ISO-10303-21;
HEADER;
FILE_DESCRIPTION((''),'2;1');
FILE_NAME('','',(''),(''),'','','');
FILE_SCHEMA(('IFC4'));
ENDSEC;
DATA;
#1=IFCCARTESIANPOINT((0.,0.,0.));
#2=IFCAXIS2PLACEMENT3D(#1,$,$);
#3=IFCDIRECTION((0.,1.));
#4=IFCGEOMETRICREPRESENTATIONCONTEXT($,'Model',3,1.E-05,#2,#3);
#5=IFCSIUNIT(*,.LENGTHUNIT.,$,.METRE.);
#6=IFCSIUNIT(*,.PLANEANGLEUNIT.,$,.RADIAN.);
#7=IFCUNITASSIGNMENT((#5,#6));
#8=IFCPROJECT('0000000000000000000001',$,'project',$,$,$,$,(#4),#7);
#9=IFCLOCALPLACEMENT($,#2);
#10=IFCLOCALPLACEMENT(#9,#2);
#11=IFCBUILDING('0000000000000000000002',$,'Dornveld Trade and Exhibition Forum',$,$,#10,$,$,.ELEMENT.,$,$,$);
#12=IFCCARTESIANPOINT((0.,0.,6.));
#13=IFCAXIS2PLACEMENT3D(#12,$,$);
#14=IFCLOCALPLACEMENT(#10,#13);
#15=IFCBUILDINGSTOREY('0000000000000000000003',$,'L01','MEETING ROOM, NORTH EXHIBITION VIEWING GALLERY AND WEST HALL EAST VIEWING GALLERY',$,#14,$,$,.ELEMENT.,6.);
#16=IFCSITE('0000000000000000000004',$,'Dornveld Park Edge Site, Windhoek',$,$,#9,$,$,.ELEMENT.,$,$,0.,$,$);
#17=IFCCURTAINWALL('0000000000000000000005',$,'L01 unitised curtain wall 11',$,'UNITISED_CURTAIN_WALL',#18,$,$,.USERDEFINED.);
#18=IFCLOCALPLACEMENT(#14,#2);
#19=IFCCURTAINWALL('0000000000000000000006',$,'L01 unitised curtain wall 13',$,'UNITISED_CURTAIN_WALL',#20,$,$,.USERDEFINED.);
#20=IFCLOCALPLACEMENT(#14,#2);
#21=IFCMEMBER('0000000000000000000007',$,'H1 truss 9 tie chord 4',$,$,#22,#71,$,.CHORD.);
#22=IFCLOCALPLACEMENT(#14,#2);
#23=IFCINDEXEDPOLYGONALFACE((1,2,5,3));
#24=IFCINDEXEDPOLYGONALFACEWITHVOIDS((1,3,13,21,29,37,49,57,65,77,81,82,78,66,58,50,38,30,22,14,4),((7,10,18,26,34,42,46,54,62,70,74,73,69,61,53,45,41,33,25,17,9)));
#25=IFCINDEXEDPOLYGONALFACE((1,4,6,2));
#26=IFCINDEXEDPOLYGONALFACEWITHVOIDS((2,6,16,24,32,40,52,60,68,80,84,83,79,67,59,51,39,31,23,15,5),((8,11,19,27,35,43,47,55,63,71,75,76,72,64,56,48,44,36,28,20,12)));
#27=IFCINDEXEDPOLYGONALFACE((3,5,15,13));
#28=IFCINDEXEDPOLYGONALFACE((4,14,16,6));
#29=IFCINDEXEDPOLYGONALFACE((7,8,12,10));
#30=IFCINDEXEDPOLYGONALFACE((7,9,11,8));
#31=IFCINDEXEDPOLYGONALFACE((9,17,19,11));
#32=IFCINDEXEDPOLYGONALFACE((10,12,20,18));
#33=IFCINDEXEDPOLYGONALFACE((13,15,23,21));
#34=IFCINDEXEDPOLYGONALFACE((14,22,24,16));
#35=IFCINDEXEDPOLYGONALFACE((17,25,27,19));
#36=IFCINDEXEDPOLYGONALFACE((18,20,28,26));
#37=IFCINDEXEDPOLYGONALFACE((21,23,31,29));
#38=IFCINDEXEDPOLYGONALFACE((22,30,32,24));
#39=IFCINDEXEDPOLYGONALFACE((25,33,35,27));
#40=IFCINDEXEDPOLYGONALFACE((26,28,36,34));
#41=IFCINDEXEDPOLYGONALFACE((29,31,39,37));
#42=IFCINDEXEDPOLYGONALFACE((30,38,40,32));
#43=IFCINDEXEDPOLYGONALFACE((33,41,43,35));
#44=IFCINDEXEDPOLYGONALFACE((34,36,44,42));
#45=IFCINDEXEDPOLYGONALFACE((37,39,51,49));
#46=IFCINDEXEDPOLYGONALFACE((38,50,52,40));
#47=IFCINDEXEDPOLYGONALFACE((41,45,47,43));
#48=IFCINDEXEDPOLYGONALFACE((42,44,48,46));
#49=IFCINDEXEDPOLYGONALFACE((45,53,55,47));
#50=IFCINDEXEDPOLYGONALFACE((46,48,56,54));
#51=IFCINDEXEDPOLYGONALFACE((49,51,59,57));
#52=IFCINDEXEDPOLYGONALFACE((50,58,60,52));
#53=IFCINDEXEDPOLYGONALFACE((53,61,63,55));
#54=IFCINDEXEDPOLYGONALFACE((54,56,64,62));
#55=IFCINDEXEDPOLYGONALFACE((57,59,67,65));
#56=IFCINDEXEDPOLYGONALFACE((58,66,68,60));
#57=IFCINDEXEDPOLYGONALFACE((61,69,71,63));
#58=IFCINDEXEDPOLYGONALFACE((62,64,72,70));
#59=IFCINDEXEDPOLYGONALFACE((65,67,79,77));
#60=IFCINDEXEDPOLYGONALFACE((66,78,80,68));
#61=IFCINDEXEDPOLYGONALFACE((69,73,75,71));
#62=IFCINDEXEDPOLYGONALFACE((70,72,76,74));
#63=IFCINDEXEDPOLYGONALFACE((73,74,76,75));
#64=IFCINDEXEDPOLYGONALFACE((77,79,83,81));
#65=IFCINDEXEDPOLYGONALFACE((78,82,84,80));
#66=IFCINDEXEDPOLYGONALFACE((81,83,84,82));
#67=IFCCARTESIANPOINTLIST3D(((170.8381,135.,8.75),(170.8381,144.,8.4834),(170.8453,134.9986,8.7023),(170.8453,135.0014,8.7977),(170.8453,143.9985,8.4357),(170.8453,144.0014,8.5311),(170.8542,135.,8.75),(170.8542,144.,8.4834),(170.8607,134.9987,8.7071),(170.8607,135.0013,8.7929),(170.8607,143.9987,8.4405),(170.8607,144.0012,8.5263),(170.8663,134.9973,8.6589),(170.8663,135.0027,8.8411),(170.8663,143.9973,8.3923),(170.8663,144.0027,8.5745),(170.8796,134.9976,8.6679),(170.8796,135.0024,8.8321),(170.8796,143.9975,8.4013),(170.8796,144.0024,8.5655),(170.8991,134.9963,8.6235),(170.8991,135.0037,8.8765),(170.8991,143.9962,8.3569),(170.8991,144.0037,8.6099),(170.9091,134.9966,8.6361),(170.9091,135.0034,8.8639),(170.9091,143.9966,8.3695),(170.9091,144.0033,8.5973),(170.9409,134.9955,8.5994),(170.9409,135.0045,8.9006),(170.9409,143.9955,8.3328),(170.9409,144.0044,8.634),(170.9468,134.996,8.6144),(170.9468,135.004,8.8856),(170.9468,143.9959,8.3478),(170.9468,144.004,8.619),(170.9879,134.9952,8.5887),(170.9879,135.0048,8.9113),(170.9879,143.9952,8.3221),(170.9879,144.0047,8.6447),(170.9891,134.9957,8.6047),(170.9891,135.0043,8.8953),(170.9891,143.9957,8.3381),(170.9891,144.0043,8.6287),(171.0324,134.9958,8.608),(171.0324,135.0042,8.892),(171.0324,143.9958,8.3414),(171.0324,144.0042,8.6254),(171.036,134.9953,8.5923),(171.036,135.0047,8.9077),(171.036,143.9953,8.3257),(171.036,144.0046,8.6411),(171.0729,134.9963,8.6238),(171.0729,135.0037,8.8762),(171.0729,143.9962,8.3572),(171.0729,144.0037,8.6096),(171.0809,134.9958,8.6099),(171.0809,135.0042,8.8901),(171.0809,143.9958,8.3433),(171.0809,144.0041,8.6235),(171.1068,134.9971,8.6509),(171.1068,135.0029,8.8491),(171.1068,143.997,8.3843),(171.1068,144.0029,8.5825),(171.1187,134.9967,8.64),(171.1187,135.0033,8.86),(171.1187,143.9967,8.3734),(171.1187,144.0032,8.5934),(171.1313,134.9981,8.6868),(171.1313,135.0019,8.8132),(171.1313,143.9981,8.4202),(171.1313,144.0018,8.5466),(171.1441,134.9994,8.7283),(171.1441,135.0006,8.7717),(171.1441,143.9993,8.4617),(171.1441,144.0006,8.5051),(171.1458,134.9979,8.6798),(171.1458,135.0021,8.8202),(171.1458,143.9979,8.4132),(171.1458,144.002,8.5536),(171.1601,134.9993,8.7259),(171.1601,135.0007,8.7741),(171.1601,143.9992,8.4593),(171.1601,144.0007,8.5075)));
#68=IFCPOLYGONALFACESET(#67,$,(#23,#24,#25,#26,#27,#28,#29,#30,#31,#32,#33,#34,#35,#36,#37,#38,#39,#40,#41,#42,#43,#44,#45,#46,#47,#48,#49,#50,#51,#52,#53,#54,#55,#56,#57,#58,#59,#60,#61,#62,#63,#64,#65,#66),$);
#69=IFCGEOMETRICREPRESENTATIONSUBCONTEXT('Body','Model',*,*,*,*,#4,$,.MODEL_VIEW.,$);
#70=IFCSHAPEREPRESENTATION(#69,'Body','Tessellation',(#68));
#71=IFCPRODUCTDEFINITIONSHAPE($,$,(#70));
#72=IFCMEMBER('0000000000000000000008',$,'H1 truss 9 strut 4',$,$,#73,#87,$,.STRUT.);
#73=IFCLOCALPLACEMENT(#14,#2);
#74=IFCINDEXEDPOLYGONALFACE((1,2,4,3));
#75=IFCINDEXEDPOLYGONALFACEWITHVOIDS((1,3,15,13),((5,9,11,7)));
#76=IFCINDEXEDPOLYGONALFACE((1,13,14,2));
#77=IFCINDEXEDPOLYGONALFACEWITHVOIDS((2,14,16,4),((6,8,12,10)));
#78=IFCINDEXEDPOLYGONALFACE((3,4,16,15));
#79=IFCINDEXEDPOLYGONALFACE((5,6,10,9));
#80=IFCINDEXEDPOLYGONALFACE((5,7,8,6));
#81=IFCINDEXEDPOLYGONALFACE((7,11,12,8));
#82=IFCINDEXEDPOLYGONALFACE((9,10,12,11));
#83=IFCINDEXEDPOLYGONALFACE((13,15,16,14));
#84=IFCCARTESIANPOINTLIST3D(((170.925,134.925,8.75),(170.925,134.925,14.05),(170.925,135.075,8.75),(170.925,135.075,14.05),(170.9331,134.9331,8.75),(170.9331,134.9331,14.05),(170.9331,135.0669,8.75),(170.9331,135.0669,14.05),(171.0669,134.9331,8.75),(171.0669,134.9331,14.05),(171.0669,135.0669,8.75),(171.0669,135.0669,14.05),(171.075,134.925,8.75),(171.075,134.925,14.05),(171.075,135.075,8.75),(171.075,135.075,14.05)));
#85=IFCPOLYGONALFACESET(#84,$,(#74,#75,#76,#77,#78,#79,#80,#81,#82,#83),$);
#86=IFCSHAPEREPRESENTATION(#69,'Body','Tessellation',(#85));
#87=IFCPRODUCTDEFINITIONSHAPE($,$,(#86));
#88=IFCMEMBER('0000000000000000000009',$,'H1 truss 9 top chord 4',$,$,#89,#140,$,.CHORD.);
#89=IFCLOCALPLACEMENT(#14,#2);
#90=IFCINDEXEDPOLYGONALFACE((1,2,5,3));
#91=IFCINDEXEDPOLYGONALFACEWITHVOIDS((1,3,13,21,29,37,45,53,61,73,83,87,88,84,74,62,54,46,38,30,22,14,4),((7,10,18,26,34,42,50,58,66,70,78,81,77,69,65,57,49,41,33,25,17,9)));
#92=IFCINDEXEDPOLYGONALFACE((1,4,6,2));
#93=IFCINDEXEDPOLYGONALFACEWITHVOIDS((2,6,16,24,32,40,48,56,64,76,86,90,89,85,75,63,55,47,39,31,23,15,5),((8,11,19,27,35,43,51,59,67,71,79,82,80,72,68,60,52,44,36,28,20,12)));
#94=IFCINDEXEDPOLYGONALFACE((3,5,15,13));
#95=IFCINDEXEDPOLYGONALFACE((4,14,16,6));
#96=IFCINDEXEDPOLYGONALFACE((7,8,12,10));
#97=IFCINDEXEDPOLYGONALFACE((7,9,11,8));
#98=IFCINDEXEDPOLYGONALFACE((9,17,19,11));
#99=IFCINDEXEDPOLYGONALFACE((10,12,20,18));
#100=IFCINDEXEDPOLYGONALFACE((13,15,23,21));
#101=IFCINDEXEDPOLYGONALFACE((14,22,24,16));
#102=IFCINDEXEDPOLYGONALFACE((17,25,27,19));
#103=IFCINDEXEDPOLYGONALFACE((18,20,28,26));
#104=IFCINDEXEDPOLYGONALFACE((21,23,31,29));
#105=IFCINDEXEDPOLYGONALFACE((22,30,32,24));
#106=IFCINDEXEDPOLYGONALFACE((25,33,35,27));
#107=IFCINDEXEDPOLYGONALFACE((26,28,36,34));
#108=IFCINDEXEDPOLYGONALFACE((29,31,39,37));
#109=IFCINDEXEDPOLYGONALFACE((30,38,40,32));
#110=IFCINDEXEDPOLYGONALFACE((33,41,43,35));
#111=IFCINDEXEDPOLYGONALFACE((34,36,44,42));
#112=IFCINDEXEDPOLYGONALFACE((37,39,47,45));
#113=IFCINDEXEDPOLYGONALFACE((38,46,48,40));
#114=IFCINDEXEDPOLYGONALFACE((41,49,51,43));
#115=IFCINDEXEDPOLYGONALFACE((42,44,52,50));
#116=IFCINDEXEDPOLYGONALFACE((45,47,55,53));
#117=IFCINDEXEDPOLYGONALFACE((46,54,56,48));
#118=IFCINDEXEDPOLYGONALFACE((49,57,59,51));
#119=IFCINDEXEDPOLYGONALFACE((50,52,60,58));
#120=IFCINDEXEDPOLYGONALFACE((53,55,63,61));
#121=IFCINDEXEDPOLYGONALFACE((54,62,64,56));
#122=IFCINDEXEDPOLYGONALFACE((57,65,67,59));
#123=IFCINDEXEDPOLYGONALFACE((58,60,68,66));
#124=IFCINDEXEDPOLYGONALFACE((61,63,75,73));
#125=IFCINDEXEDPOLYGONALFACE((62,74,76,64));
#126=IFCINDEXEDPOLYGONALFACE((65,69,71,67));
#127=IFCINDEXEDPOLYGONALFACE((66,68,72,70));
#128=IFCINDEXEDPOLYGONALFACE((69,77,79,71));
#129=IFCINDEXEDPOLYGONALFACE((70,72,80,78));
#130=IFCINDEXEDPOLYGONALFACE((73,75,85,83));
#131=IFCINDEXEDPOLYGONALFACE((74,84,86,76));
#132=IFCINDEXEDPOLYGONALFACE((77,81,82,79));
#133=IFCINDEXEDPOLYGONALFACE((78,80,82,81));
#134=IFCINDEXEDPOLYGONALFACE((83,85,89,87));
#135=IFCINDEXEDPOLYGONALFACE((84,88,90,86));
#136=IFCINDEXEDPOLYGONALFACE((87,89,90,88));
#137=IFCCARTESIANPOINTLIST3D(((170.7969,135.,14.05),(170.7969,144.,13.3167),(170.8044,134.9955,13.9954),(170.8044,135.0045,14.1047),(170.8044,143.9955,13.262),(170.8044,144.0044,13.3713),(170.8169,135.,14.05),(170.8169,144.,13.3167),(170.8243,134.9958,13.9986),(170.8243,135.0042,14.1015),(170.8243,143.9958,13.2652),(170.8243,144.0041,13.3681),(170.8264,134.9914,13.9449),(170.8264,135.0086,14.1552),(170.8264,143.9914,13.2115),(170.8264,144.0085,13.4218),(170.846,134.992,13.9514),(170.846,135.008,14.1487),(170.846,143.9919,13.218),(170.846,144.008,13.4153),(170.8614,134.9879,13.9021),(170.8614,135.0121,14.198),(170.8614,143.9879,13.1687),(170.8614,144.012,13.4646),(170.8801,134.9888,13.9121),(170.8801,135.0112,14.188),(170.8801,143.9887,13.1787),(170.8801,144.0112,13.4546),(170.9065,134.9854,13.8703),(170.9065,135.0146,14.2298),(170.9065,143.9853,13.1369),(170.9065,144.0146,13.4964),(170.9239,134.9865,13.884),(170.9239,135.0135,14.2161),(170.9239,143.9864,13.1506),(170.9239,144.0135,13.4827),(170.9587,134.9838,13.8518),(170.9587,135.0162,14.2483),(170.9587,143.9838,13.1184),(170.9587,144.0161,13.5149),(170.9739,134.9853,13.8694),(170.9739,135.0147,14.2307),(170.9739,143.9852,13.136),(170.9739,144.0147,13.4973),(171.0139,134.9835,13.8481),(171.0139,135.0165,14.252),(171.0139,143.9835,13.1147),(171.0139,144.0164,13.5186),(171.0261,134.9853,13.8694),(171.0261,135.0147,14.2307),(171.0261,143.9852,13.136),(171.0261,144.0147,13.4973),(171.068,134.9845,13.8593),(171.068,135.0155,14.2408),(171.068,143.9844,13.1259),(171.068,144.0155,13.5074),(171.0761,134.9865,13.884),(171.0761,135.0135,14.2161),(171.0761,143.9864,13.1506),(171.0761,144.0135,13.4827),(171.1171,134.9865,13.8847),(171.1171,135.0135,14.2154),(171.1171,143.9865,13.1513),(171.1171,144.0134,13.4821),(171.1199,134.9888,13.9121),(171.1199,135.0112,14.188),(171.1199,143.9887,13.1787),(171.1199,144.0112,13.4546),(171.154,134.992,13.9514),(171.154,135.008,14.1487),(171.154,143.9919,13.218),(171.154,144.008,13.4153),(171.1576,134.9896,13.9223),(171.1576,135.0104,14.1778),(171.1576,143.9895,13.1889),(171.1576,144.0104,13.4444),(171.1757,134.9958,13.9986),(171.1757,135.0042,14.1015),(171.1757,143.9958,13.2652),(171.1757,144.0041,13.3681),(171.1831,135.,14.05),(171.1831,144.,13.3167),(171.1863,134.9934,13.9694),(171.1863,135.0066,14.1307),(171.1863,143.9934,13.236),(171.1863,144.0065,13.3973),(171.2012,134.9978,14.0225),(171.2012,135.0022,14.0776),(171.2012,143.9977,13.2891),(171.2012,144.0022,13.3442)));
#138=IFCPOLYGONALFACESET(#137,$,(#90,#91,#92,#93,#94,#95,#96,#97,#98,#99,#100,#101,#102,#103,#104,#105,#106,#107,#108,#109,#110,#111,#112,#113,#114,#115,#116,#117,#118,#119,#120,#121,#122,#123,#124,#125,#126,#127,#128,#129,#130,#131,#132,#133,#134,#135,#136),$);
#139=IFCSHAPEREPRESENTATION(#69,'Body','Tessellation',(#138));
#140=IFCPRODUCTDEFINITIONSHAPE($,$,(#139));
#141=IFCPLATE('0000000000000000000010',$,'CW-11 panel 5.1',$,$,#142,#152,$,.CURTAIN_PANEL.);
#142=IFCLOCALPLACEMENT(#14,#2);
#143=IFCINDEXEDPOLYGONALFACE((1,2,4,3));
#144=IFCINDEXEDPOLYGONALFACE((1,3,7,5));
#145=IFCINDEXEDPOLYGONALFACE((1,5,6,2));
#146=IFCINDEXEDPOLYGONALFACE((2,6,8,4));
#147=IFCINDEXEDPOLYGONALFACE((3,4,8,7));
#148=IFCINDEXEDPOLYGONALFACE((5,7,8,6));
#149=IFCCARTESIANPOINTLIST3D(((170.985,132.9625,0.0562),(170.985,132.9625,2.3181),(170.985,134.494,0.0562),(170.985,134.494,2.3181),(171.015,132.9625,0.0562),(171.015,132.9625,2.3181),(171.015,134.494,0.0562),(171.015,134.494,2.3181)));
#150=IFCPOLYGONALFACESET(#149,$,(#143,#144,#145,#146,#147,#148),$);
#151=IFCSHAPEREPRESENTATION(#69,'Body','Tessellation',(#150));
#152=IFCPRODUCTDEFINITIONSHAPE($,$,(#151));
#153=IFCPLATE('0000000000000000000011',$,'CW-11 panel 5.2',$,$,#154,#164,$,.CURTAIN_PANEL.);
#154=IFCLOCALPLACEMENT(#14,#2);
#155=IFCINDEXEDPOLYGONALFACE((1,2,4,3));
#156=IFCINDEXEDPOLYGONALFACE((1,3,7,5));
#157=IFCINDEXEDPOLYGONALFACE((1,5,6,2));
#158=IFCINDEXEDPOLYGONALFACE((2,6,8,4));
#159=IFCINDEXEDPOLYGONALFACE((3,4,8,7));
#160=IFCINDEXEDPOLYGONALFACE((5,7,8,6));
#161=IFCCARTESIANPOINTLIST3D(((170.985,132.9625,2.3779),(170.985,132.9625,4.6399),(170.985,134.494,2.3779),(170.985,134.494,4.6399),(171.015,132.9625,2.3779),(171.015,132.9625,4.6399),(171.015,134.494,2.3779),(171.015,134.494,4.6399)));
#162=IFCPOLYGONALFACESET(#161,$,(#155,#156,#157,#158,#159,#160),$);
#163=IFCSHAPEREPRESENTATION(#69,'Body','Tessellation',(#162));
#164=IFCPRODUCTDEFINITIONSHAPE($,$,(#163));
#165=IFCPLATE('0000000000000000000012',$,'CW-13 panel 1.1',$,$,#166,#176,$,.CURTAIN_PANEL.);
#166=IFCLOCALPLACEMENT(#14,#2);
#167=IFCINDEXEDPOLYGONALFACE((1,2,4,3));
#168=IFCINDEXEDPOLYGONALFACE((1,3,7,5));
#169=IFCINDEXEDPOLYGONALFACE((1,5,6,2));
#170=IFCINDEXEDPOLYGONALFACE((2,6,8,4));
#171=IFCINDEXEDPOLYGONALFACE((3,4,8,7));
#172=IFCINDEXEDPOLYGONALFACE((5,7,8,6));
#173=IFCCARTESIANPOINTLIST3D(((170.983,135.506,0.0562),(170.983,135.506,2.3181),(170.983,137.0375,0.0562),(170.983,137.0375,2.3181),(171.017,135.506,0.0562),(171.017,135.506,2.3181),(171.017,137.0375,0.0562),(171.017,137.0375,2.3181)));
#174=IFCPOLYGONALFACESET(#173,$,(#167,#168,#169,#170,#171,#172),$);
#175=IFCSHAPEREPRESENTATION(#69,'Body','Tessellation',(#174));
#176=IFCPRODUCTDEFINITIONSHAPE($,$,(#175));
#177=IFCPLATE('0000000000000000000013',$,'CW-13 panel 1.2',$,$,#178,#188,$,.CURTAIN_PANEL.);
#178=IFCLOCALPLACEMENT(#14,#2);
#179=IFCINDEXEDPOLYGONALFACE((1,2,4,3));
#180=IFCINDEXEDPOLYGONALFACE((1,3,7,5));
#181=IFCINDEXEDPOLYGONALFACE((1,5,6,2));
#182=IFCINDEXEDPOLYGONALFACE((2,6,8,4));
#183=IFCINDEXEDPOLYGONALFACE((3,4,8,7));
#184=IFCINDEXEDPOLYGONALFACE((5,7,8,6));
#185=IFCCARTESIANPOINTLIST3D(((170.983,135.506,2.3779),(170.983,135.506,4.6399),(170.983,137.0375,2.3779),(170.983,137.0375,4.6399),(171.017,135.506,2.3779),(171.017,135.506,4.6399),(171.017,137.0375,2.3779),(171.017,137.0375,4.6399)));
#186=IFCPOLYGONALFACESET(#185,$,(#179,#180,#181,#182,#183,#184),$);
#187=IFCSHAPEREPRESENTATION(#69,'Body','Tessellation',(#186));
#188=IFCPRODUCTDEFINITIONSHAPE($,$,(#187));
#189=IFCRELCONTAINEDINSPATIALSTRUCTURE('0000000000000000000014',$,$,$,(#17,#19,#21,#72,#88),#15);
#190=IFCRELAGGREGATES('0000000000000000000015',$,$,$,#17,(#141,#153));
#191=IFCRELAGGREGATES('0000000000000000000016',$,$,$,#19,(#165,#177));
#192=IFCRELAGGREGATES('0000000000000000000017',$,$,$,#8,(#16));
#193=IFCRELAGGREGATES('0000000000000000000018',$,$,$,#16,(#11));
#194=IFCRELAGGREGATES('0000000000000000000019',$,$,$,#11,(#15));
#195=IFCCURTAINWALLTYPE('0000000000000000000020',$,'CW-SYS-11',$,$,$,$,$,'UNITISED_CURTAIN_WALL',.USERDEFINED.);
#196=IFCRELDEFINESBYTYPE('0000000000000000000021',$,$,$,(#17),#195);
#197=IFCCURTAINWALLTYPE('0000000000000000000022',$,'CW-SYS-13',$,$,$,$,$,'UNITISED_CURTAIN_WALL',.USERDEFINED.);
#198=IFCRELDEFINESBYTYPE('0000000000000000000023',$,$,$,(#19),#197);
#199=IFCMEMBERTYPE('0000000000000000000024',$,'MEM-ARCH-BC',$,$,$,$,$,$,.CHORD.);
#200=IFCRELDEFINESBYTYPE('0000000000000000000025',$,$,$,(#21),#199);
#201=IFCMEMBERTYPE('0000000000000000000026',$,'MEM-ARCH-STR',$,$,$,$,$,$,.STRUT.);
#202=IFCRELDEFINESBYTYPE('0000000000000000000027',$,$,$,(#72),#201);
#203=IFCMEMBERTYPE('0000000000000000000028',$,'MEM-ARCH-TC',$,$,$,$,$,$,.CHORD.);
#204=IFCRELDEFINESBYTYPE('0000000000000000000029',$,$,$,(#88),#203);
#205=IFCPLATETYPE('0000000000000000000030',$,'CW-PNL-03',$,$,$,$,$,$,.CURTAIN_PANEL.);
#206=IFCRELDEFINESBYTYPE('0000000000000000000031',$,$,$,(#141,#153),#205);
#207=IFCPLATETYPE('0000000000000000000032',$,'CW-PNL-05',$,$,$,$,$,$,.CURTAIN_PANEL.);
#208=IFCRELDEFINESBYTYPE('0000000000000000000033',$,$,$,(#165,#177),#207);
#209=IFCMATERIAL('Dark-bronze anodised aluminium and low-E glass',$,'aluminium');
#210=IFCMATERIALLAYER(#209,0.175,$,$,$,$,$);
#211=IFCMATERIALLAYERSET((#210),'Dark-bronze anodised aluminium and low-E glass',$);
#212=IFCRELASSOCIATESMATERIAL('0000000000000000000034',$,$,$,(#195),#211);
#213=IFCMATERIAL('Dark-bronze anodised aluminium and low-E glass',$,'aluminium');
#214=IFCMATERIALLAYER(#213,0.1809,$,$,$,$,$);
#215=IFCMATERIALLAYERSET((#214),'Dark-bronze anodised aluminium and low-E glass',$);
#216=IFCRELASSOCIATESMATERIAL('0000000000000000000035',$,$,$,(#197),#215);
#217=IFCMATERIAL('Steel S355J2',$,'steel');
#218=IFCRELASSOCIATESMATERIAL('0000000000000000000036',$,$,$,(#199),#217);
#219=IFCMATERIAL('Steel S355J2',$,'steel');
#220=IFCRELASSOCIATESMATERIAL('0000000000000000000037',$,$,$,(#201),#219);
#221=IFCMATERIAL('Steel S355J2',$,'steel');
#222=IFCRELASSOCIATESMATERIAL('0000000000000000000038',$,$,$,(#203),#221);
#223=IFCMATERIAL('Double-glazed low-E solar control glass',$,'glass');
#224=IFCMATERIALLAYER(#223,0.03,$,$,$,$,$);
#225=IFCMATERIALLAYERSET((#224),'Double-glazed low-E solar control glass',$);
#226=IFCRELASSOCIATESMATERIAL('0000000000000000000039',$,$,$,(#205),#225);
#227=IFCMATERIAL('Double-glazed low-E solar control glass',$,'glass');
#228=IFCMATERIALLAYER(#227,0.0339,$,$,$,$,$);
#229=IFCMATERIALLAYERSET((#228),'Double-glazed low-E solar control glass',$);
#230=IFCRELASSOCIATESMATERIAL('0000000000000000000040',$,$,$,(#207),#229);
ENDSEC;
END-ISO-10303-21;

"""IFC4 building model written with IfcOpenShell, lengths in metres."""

from ifc_helpers import new_model, si_unit, direction, frame, origin, origin_2d, place, context, subcontext, project, spatial, rectangle, hollow_rectangle, hollow_circle, extrude, material, layer, layer_set, material_profile, profile_set, type_object, element, aggregate, save


model = new_model("IFC4")

# Units and contexts
model_context = context("Model", 3, precision=1e-05, world=origin(), true_north=direction((0.0, 1.0)))
body_context = subcontext(model_context, "Body", "Model", "MODEL_VIEW")
ifc_project = project(units=[si_unit("LENGTHUNIT", "METRE"), si_unit("PLANEANGLEUNIT", "RADIAN")], contexts=[model_context])

# Site, building, storey
site_placement = place(None, origin())
site = spatial("IfcSite", under=ifc_project, at=site_placement, Name="Dornveld Park Edge Site, Windhoek", CompositionType="ELEMENT", RefElevation=0.0)
building_placement = place(site_placement, origin())
building = spatial("IfcBuilding", under=site, at=building_placement, Name="Dornveld Trade and Exhibition Forum", CompositionType="ELEMENT")
storey_placement = place(building_placement, frame((0.0, 0.0, 6.0)))
storey = spatial("IfcBuildingStorey", under=building, at=storey_placement, Name="L01", Description="MEETING ROOM, NORTH EXHIBITION VIEWING GALLERY AND WEST HALL EAST VIEWING GALLERY", CompositionType="ELEMENT", Elevation=6.0)

# Curtain wall
ifc_material_1 = material(Name="Dark-bronze anodised aluminium and low-E glass", Category="aluminium")
ifc_layer_1 = layer(ifc_material_1, 0.175)
ifc_layer_set_1 = layer_set([ifc_layer_1], Name="Dark-bronze anodised aluminium and low-E glass")
curtain_wall_type_1 = type_object("IfcCurtainWallType", Name="CW-SYS-11", ElementType="UNITISED_CURTAIN_WALL", PredefinedType="USERDEFINED", material=ifc_layer_set_1)
curtain_wall_1_placement = place(storey_placement, origin())
curtain_wall_1 = element("IfcCurtainWall", 1, at=curtain_wall_1_placement, inside=storey, type_object=curtain_wall_type_1, Name="L01 unitised curtain wall 11", ObjectType="UNITISED_CURTAIN_WALL", PredefinedType="USERDEFINED")

# Curtain wall
ifc_material_2 = material(Name="Dark-bronze anodised aluminium and low-E glass", Category="aluminium")
ifc_layer_2 = layer(ifc_material_2, 0.1809)
ifc_layer_set_2 = layer_set([ifc_layer_2], Name="Dark-bronze anodised aluminium and low-E glass")
curtain_wall_type_2 = type_object("IfcCurtainWallType", Name="CW-SYS-13", ElementType="UNITISED_CURTAIN_WALL", PredefinedType="USERDEFINED", material=ifc_layer_set_2)
curtain_wall_2_placement = place(storey_placement, origin())
curtain_wall_2 = element("IfcCurtainWall", 2, at=curtain_wall_2_placement, inside=storey, type_object=curtain_wall_type_2, Name="L01 unitised curtain wall 13", ObjectType="UNITISED_CURTAIN_WALL", PredefinedType="USERDEFINED")

# Members
ifc_material_3 = material(Name="Steel S355J2", Category="steel")
ifc_material_profile_1 = material_profile(ifc_material_3, hollow_circle(Radius=0.1619, WallThickness=0.0161, at=origin_2d()), Name="CHS 323.9x16")
ifc_profile_set_1 = profile_set([ifc_material_profile_1], Name="Steel S355J2")
member_type_1 = type_object("IfcMemberType", Name="MEM-ARCH-BC", PredefinedType="CHORD", material=ifc_profile_set_1)
member_1_placement = place(storey_placement, frame((171.0, 135.0, 8.75), z_axis=(0.0, 0.999562, -0.029609), x_axis=(-1.0, 0.0, 0.0)))
element("IfcMember", 3, at=member_1_placement, inside=storey, type_object=member_type_1, Name="H1 truss 9 tie chord 4", PredefinedType="CHORD", context=body_context, shape_type="SweptSolid", body=[
    extrude(hollow_circle(Radius=0.1619, WallThickness=0.0161, at=origin_2d()), origin(), (0.0, 0.0, 1.0), 9.0039),
])
ifc_material_4 = material(Name="Steel S355J2", Category="steel")
ifc_material_profile_2 = material_profile(ifc_material_4, hollow_rectangle(XDim=0.1499, YDim=0.1499, WallThickness=0.0081, at=origin_2d()), Name="SHS 150x150x8")
ifc_profile_set_2 = profile_set([ifc_material_profile_2], Name="Steel S355J2")
member_type_2 = type_object("IfcMemberType", Name="MEM-ARCH-STR", PredefinedType="STRUT", material=ifc_profile_set_2)
member_2_placement = place(storey_placement, frame((171.0, 135.0, 8.75), z_axis=(0.0, 0.0, 1.0), x_axis=(1.0, 0.0, 0.0)))
element("IfcMember", 4, at=member_2_placement, inside=storey, type_object=member_type_2, Name="H1 truss 9 strut 4", PredefinedType="STRUT", context=body_context, shape_type="SweptSolid", body=[
    extrude(hollow_rectangle(XDim=0.1499, YDim=0.1499, WallThickness=0.0081, at=origin_2d()), origin(), (0.0, 0.0, 1.0), 5.3),
])
ifc_material_5 = material(Name="Steel S355J2", Category="steel")
ifc_material_profile_3 = material_profile(ifc_material_5, hollow_circle(Radius=0.2031, WallThickness=0.02, at=origin_2d()), Name="CHS 406.4x20")
ifc_profile_set_3 = profile_set([ifc_material_profile_3], Name="Steel S355J2")
member_type_3 = type_object("IfcMemberType", Name="MEM-ARCH-TC", PredefinedType="CHORD", material=ifc_profile_set_3)
member_3_placement = place(storey_placement, frame((171.0, 135.0, 14.05), z_axis=(0.0, 0.996696, -0.081219), x_axis=(-1.0, 0.0, 0.0)))
element("IfcMember", 5, at=member_3_placement, inside=storey, type_object=member_type_3, Name="H1 truss 9 top chord 4", PredefinedType="CHORD", context=body_context, shape_type="SweptSolid", body=[
    extrude(hollow_circle(Radius=0.2031, WallThickness=0.02, at=origin_2d()), origin(), (0.0, 0.0, 1.0), 9.0298),
])

# Plates
ifc_material_6 = material(Name="Double-glazed low-E solar control glass", Category="glass")
ifc_layer_3 = layer(ifc_material_6, 0.03)
ifc_layer_set_3 = layer_set([ifc_layer_3], Name="Double-glazed low-E solar control glass")
plate_type_1 = type_object("IfcPlateType", Name="CW-PNL-03", PredefinedType="CURTAIN_PANEL", material=ifc_layer_set_3)
plate_1_placement = place(storey_placement, frame((171.0, 133.7283, 0.0562), z_axis=(0.0, 0.0, 1.0), x_axis=(0.0, 1.0, 0.0)))
plate_1 = element("IfcPlate", 6, at=plate_1_placement, type_object=plate_type_1, Name="CW-11 panel 5.1", PredefinedType="CURTAIN_PANEL", context=body_context, shape_type="SweptSolid", body=[
    extrude(rectangle(XDim=1.5315, YDim=0.03, at=origin_2d()), origin(), (0.0, 0.0, 1.0), 2.262),
])
plate_2_placement = place(storey_placement, frame((171.0, 133.7283, 2.3779), z_axis=(0.0, 0.0, 1.0), x_axis=(0.0, 1.0, 0.0)))
plate_2 = element("IfcPlate", 7, at=plate_2_placement, type_object=plate_type_1, Name="CW-11 panel 5.2", PredefinedType="CURTAIN_PANEL", context=body_context, shape_type="SweptSolid", body=[
    extrude(rectangle(XDim=1.5315, YDim=0.03, at=origin_2d()), origin(), (0.0, 0.0, 1.0), 2.262),
])
aggregate(curtain_wall_1, [plate_1, plate_2])
ifc_material_7 = material(Name="Double-glazed low-E solar control glass", Category="glass")
ifc_layer_4 = layer(ifc_material_7, 0.0339)
ifc_layer_set_4 = layer_set([ifc_layer_4], Name="Double-glazed low-E solar control glass")
plate_type_2 = type_object("IfcPlateType", Name="CW-PNL-05", PredefinedType="CURTAIN_PANEL", material=ifc_layer_set_4)
plate_3_placement = place(storey_placement, frame((171.0, 136.2717, 0.0562), z_axis=(0.0, 0.0, 1.0), x_axis=(0.0, 1.0, 0.0)))
plate_3 = element("IfcPlate", 8, at=plate_3_placement, type_object=plate_type_2, Name="CW-13 panel 1.1", PredefinedType="CURTAIN_PANEL", context=body_context, shape_type="SweptSolid", body=[
    extrude(rectangle(XDim=1.5315, YDim=0.0339, at=origin_2d()), origin(), (0.0, 0.0, 1.0), 2.262),
])
plate_4_placement = place(storey_placement, frame((171.0, 136.2717, 2.3779), z_axis=(0.0, 0.0, 1.0), x_axis=(0.0, 1.0, 0.0)))
plate_4 = element("IfcPlate", 9, at=plate_4_placement, type_object=plate_type_2, Name="CW-13 panel 1.2", PredefinedType="CURTAIN_PANEL", context=body_context, shape_type="SweptSolid", body=[
    extrude(rectangle(XDim=1.5315, YDim=0.0339, at=origin_2d()), origin(), (0.0, 0.0, 1.0), 2.262),
])
aggregate(curtain_wall_2, [plate_3, plate_4])

save(model, "model.ifc")
